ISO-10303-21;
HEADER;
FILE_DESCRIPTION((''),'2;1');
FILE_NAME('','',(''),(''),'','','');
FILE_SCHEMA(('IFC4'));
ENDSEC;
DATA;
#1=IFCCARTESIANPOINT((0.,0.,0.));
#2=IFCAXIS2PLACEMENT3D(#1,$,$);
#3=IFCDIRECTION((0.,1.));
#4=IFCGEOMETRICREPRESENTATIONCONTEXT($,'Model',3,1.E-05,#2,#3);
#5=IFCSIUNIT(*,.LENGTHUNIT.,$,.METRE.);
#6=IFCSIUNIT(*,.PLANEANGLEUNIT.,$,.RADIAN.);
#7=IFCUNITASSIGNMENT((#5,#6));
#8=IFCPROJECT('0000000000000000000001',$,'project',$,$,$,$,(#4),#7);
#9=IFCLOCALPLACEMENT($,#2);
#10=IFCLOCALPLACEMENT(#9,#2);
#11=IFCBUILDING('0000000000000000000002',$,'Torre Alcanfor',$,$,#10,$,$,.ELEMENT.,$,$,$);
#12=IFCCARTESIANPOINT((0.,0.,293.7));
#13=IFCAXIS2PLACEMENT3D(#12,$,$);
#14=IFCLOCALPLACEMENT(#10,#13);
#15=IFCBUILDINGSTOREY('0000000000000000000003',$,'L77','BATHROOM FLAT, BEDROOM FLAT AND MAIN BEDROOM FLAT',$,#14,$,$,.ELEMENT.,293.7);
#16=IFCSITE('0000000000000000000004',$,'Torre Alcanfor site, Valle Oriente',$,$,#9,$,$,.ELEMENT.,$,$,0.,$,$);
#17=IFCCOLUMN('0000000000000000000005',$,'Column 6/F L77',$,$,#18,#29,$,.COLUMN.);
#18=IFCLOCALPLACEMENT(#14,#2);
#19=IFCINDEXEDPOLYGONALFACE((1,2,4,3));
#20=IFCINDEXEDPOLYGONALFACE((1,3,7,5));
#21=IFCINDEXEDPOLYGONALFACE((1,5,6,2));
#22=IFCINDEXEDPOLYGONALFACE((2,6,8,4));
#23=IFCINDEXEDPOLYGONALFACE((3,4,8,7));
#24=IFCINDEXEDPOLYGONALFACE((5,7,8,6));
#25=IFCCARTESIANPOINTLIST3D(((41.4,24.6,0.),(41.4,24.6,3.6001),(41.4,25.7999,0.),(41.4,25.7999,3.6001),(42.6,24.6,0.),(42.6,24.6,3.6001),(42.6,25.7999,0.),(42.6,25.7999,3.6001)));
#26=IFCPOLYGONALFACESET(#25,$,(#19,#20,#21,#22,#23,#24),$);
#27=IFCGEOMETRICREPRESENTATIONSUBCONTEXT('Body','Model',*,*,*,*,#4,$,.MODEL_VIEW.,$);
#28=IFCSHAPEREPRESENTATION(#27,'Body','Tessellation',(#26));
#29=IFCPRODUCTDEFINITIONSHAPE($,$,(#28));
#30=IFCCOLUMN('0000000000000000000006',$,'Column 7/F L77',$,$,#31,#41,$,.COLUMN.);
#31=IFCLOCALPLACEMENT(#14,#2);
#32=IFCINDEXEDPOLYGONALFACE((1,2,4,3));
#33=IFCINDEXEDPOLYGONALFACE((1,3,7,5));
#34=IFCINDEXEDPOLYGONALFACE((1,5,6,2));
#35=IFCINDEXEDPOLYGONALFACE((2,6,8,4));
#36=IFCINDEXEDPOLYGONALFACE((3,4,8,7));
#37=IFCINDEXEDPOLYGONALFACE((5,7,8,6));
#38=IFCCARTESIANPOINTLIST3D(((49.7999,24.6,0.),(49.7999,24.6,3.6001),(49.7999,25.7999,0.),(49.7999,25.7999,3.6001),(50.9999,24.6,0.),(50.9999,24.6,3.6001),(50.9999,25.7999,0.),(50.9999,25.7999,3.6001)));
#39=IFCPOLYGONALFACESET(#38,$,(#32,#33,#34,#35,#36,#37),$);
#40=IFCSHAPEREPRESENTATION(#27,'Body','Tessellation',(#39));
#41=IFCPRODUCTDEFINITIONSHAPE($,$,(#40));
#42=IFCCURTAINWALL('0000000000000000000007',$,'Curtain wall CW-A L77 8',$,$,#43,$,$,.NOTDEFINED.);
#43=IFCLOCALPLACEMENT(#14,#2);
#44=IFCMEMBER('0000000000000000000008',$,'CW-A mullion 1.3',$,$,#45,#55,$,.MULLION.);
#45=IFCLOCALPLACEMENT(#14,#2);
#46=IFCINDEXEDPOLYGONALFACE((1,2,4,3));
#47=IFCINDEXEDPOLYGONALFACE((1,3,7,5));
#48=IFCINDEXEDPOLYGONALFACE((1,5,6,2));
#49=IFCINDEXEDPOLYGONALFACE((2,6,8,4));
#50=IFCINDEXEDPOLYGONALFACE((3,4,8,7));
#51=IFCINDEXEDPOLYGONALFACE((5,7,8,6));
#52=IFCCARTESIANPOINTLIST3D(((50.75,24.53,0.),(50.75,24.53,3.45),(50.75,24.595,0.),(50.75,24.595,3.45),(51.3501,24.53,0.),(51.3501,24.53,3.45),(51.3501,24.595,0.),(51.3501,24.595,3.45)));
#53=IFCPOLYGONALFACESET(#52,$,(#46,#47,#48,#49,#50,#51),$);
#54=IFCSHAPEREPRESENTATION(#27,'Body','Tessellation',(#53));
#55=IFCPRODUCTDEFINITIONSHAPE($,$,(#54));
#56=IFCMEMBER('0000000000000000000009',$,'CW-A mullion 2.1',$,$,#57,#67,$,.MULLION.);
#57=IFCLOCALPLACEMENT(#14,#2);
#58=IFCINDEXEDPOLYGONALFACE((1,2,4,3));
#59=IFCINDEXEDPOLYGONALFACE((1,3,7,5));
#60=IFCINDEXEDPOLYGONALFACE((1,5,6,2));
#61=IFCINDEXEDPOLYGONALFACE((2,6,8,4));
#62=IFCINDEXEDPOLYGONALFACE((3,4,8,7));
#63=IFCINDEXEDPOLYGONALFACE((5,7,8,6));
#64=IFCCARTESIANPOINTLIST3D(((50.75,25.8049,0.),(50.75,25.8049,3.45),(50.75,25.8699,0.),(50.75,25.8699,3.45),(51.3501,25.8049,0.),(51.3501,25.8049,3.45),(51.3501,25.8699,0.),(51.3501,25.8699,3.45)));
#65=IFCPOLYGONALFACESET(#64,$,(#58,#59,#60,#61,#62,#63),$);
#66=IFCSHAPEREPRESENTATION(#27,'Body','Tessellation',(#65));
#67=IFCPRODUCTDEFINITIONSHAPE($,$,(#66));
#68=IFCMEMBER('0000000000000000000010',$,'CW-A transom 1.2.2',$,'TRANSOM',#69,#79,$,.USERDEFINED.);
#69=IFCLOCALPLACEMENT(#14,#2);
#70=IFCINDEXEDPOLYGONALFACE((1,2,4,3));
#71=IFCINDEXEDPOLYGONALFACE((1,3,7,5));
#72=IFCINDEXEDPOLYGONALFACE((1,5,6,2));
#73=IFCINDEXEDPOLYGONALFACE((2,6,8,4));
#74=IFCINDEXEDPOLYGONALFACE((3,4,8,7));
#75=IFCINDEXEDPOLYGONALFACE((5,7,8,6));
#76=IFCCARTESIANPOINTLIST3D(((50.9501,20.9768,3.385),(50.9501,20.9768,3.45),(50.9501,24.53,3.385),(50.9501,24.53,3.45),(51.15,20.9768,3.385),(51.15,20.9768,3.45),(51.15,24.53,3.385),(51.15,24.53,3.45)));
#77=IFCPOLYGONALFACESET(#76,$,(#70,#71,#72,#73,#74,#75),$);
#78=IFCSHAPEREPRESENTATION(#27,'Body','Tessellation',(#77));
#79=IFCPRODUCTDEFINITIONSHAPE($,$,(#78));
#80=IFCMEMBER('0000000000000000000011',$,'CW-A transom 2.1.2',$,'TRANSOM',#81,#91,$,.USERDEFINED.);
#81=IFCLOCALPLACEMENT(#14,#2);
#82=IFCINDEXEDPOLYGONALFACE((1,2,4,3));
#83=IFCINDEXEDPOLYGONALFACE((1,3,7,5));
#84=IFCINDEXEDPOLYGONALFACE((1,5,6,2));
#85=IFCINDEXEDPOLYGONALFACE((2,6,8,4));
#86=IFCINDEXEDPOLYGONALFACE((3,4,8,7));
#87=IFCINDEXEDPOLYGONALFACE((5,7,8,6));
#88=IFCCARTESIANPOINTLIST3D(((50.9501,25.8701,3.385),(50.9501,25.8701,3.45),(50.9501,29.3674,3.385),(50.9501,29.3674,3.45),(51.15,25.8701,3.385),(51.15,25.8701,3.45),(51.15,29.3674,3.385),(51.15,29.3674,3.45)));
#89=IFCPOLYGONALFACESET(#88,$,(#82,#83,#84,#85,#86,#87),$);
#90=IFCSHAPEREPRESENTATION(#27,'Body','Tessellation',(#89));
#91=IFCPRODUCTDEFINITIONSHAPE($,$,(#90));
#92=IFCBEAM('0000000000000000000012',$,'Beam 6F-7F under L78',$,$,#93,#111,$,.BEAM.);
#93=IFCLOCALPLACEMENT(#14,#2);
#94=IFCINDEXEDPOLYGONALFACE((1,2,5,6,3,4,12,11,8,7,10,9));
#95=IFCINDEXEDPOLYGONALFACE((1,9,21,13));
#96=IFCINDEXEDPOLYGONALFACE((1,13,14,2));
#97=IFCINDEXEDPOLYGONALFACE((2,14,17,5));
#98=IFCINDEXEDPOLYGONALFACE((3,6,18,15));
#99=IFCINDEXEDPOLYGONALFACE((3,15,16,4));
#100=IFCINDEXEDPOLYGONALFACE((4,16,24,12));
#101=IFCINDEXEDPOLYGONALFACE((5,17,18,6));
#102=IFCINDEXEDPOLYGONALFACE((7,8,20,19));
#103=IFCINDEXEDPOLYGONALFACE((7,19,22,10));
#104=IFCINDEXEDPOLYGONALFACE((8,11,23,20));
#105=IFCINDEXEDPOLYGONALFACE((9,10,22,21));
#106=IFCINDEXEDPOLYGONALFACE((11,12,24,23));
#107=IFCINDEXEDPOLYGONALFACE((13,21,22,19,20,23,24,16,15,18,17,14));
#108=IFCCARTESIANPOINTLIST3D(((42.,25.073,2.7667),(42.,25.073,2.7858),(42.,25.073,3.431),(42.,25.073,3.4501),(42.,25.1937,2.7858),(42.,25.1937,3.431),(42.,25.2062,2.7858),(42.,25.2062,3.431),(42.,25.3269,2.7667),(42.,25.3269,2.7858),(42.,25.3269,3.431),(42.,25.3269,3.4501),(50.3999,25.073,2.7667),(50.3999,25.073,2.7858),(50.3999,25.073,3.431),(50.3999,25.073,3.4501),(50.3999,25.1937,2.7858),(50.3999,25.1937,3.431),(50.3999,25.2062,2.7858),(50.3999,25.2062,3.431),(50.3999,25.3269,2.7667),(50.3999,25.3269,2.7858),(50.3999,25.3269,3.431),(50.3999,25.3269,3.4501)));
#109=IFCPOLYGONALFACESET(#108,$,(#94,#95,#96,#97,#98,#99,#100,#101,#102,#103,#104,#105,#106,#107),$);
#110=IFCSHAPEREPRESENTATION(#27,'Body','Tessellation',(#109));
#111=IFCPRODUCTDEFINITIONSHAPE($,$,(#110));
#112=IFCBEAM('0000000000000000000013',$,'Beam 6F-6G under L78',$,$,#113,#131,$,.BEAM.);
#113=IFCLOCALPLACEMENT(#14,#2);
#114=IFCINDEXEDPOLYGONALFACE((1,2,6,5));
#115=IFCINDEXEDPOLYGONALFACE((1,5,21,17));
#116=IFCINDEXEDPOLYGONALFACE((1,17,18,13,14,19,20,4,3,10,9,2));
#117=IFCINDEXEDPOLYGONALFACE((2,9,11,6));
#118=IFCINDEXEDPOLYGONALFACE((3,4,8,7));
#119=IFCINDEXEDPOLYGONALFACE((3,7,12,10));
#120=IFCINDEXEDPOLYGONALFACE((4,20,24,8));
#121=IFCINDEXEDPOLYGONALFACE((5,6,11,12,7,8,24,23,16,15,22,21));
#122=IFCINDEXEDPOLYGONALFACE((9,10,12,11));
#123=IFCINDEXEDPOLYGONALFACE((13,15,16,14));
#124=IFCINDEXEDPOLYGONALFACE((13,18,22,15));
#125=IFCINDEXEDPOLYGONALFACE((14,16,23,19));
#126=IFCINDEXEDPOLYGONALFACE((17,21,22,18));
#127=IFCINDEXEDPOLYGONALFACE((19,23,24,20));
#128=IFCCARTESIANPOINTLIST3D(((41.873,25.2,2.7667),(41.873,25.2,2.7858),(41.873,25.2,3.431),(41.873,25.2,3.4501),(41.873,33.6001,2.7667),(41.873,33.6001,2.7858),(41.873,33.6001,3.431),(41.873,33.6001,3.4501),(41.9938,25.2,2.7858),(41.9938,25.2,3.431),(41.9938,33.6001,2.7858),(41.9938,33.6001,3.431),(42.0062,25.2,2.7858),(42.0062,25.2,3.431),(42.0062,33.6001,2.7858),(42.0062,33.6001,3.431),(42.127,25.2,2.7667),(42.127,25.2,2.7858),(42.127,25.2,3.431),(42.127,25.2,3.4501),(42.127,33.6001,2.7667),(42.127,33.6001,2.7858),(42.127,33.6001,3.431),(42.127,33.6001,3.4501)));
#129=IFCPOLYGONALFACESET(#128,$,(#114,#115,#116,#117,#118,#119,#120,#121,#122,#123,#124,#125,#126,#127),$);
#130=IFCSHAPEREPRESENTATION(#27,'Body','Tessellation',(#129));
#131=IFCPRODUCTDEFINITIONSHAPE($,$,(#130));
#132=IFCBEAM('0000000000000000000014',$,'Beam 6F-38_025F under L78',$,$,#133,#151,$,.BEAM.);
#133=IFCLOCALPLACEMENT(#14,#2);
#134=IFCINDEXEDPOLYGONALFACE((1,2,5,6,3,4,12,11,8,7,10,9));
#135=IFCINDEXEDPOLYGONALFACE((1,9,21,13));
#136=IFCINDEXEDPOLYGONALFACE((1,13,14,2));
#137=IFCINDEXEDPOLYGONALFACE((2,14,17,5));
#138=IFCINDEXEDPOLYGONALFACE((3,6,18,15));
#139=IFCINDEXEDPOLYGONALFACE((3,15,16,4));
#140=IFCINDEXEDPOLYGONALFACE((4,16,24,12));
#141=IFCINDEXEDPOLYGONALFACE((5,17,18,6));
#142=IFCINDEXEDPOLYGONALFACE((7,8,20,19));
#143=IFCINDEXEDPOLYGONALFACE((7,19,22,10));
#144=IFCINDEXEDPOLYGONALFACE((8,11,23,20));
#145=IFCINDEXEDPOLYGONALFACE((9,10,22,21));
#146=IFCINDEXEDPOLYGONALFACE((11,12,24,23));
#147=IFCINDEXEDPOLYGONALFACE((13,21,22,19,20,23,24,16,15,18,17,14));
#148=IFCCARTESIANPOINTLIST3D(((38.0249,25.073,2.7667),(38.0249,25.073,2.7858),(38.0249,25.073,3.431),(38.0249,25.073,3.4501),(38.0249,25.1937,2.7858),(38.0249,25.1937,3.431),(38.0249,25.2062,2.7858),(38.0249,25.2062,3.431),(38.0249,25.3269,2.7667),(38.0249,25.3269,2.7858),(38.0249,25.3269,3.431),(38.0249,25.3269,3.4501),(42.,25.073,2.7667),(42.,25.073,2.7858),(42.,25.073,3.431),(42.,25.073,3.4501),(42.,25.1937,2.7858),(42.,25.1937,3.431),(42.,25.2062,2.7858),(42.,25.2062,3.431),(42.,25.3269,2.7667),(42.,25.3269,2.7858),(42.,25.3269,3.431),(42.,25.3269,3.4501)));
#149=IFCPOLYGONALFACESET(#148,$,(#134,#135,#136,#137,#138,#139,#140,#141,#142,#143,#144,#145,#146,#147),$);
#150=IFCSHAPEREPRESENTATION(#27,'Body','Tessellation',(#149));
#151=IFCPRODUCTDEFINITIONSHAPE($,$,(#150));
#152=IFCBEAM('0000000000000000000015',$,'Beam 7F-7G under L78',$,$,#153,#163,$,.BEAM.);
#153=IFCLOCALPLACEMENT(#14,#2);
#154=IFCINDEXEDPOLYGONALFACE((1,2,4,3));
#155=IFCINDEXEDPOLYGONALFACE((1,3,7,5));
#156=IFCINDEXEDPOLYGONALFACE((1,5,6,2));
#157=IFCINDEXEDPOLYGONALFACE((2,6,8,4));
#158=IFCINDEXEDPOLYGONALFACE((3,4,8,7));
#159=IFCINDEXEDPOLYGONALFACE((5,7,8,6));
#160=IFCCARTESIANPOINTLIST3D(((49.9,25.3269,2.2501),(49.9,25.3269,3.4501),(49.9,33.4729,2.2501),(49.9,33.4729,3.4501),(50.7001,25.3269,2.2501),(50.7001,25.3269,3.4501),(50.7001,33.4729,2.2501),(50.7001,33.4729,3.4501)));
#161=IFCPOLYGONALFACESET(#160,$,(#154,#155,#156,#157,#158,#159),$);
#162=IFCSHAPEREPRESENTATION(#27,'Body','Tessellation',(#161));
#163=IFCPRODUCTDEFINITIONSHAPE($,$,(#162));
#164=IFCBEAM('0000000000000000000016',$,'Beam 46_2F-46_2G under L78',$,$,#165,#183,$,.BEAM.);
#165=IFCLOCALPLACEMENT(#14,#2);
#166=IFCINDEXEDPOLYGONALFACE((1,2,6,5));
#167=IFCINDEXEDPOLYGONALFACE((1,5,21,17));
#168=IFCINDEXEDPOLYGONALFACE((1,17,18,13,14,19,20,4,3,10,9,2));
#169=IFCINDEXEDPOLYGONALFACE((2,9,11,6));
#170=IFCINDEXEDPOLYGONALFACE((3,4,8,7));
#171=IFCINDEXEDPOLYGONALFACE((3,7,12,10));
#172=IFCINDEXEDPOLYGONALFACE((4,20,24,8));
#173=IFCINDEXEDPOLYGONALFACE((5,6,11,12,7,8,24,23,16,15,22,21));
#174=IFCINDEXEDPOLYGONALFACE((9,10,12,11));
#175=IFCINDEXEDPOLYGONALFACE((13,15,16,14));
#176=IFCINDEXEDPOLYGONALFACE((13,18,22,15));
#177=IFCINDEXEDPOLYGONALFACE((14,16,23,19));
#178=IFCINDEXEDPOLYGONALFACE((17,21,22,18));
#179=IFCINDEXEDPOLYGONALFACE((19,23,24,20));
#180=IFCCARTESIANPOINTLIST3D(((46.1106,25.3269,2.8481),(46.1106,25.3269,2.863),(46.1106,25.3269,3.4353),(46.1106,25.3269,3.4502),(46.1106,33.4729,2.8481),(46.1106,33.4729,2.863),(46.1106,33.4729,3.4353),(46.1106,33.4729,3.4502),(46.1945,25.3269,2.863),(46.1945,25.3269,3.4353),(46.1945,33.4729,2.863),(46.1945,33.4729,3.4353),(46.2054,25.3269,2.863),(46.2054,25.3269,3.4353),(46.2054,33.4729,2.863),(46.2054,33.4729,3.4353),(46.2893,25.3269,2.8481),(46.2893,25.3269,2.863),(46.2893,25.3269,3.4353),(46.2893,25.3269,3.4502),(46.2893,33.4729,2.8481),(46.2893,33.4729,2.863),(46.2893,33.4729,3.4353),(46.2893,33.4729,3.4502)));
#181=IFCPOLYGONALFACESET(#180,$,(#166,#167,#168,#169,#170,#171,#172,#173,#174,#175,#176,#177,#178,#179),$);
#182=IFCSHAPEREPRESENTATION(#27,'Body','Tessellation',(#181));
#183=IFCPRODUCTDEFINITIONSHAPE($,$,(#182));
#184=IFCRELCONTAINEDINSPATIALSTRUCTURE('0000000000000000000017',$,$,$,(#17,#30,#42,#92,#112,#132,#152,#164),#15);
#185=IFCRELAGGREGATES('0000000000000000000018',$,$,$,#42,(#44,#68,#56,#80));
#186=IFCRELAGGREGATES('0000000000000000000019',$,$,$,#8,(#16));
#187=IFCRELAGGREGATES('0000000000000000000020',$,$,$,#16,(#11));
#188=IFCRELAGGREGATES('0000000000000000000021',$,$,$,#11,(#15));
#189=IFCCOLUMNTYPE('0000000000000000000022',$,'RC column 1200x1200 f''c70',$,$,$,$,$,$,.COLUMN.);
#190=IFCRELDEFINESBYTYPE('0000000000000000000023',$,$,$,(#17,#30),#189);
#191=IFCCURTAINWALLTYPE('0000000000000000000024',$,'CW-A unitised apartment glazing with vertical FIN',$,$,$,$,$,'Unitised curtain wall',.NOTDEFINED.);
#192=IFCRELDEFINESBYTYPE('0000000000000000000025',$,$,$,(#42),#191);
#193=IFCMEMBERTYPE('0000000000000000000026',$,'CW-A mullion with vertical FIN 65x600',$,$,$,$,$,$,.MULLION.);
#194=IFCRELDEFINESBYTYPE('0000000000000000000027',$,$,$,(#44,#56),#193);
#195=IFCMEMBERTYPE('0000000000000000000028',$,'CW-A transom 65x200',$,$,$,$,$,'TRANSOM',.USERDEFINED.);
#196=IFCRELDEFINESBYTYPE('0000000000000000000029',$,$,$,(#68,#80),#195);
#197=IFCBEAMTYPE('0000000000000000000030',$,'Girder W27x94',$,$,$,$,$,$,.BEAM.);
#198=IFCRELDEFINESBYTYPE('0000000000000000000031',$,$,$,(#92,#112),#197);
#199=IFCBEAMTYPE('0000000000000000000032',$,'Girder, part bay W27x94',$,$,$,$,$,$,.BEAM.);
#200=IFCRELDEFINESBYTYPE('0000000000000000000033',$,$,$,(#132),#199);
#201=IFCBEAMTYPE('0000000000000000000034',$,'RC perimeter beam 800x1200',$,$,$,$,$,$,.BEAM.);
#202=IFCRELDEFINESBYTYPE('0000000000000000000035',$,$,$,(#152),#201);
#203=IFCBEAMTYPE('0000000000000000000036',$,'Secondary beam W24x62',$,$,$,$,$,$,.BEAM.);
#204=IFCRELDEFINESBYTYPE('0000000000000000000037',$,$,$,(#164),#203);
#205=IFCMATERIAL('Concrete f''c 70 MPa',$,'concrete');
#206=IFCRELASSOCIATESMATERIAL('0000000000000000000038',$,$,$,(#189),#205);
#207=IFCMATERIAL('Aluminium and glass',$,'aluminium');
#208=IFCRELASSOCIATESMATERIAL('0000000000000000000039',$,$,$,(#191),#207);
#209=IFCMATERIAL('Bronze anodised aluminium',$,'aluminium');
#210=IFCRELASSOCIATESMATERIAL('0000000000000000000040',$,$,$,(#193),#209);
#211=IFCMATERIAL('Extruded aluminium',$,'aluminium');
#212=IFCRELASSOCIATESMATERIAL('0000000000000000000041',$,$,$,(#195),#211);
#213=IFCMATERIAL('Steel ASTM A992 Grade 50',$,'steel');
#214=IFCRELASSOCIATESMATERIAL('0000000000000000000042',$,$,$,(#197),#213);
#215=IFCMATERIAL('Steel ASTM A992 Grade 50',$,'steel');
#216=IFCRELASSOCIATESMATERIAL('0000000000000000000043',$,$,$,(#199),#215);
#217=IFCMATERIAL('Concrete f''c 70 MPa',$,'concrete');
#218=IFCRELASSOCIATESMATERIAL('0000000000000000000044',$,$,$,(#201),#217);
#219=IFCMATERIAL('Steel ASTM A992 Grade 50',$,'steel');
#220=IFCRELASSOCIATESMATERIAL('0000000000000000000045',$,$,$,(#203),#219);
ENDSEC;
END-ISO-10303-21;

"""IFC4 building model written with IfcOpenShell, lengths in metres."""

from ifc_helpers import new_model, si_unit, direction, frame, origin, origin_2d, place, context, subcontext, project, spatial, rectangle, i_section, extrude, material, material_profile, profile_set, type_object, element, aggregate, save


model = new_model("IFC4")

# Units and contexts
model_context = context("Model", 3, precision=1e-05, world=origin(), true_north=direction((0.0, 1.0)))
body_context = subcontext(model_context, "Body", "Model", "MODEL_VIEW")
ifc_project = project(units=[si_unit("LENGTHUNIT", "METRE"), si_unit("PLANEANGLEUNIT", "RADIAN")], contexts=[model_context])

# Site, building, storey
site_placement = place(None, origin())
site = spatial("IfcSite", under=ifc_project, at=site_placement, Name="Torre Alcanfor site, Valle Oriente", CompositionType="ELEMENT", RefElevation=0.0)
building_placement = place(site_placement, origin())
building = spatial("IfcBuilding", under=site, at=building_placement, Name="Torre Alcanfor", CompositionType="ELEMENT")
storey_placement = place(building_placement, frame((0.0, 0.0, 293.7)))
storey = spatial("IfcBuildingStorey", under=building, at=storey_placement, Name="L77", Description="BATHROOM FLAT, BEDROOM FLAT AND MAIN BEDROOM FLAT", CompositionType="ELEMENT", Elevation=293.7)

# Columns
ifc_material_1 = material(Name="Concrete f'c 70 MPa", Category="concrete")
ifc_material_profile_1 = material_profile(ifc_material_1, rectangle(XDim=1.2, YDim=1.2, at=origin_2d()), Name="1200x1200")
ifc_profile_set_1 = profile_set([ifc_material_profile_1], Name="Concrete f'c 70 MPa")
column_type = type_object("IfcColumnType", Name="RC column 1200x1200 f'c70", PredefinedType="COLUMN", material=ifc_profile_set_1)
for number, where, z_axis, x_axis, name in (
    (1, (42.0, 25.2, 0.0), (0.0, 0.0, 1.0), (1.0, 0.0, 0.0), "Column 6/F L77"),
    (2, (50.3999, 25.2, 0.0), (0.0, 0.0, 1.0), (1.0, 0.0, 0.0), "Column 7/F L77"),
):
    element("IfcColumn", number, at=place(storey_placement, frame(where, z_axis=z_axis, x_axis=x_axis)), inside=storey, type_object=column_type, Name=name, PredefinedType="COLUMN", context=body_context, shape_type="SweptSolid", body=[
        extrude(rectangle(XDim=1.2, YDim=1.2, at=origin_2d()), origin(), (0.0, 0.0, 1.0), 3.6001),
    ])

# Curtain wall, members
ifc_material_2 = material(Name="Aluminium and glass", Category="aluminium")
curtain_wall_type = type_object("IfcCurtainWallType", Name="CW-A unitised apartment glazing with vertical FIN", ElementType="Unitised curtain wall", PredefinedType="NOTDEFINED", material=ifc_material_2)
curtain_wall_placement = place(storey_placement, origin())
curtain_wall = element("IfcCurtainWall", 3, at=curtain_wall_placement, inside=storey, type_object=curtain_wall_type, Name="Curtain wall CW-A L77 8", PredefinedType="NOTDEFINED")
ifc_material_3 = material(Name="Bronze anodised aluminium", Category="aluminium")
ifc_material_profile_2 = material_profile(ifc_material_3, rectangle(XDim=0.6001, YDim=0.0649, at=origin_2d()), Name="CW-A mullion 65x600")
ifc_profile_set_2 = profile_set([ifc_material_profile_2], Name="Bronze anodised aluminium")
member_type_1 = type_object("IfcMemberType", Name="CW-A mullion with vertical FIN 65x600", PredefinedType="MULLION", material=ifc_profile_set_2)
member_1_placement = place(storey_placement, frame((51.05, 24.5625, 0.0), z_axis=(0.0, 0.0, 1.0), x_axis=(-1.0, 0.0, 0.0)))
member_1 = element("IfcMember", 4, at=member_1_placement, type_object=member_type_1, Name="CW-A mullion 1.3", PredefinedType="MULLION", context=body_context, shape_type="SweptSolid", body=[
    extrude(rectangle(XDim=0.6001, YDim=0.0649, at=origin_2d()), origin(), (0.0, 0.0, 1.0), 3.45),
])
member_2_placement = place(storey_placement, frame((51.05, 25.8374, 0.0), z_axis=(0.0, 0.0, 1.0), x_axis=(-1.0, 0.0, 0.0)))
member_2 = element("IfcMember", 5, at=member_2_placement, type_object=member_type_1, Name="CW-A mullion 2.1", PredefinedType="MULLION", context=body_context, shape_type="SweptSolid", body=[
    extrude(rectangle(XDim=0.6001, YDim=0.0649, at=origin_2d()), origin(), (0.0, 0.0, 1.0), 3.45),
])
ifc_material_4 = material(Name="Extruded aluminium", Category="aluminium")
ifc_material_profile_3 = material_profile(ifc_material_4, rectangle(XDim=0.2, YDim=0.0649, at=origin_2d()), Name="CW-A transom 200x65")
ifc_profile_set_3 = profile_set([ifc_material_profile_3], Name="Extruded aluminium")
member_type_2 = type_object("IfcMemberType", Name="CW-A transom 65x200", ElementType="TRANSOM", PredefinedType="USERDEFINED", material=ifc_profile_set_3)
member_3_placement = place(storey_placement, frame((51.05, 20.9768, 3.4175), z_axis=(0.0, 1.0, 0.0), x_axis=(-1.0, 0.0, 0.0)))
member_3 = element("IfcMember", 6, at=member_3_placement, type_object=member_type_2, Name="CW-A transom 1.2.2", ObjectType="TRANSOM", PredefinedType="USERDEFINED", context=body_context, shape_type="SweptSolid", body=[
    extrude(rectangle(XDim=0.2, YDim=0.0649, at=origin_2d()), origin(), (0.0, 0.0, 1.0), 3.5532),
])
member_4_placement = place(storey_placement, frame((51.05, 25.8701, 3.4175), z_axis=(0.0, 1.0, 0.0), x_axis=(-1.0, 0.0, 0.0)))
member_4 = element("IfcMember", 7, at=member_4_placement, type_object=member_type_2, Name="CW-A transom 2.1.2", ObjectType="TRANSOM", PredefinedType="USERDEFINED", context=body_context, shape_type="SweptSolid", body=[
    extrude(rectangle(XDim=0.2, YDim=0.0649, at=origin_2d()), origin(), (0.0, 0.0, 1.0), 3.4973),
])

# Beams
ifc_material_5 = material(Name="Steel ASTM A992 Grade 50", Category="steel")
ifc_material_profile_4 = material_profile(ifc_material_5, i_section(OverallWidth=0.2539, OverallDepth=0.6833, WebThickness=0.0125, FlangeThickness=0.019, at=origin_2d()), Name="W27x94")
ifc_profile_set_4 = profile_set([ifc_material_profile_4], Name="Steel ASTM A992 Grade 50")
beam_type_1 = type_object("IfcBeamType", Name="Girder W27x94", PredefinedType="BEAM", material=ifc_profile_set_4)
beam_1_placement = place(storey_placement, frame((42.0, 25.2, 3.1084), z_axis=(1.0, 0.0, 0.0), x_axis=(0.0, 1.0, 0.0)))
element("IfcBeam", 8, at=beam_1_placement, inside=storey, type_object=beam_type_1, Name="Beam 6F-7F under L78", PredefinedType="BEAM", context=body_context, shape_type="SweptSolid", body=[
    extrude(i_section(OverallWidth=0.2539, OverallDepth=0.6833, WebThickness=0.0125, FlangeThickness=0.019, at=origin_2d()), origin(), (0.0, 0.0, 1.0), 8.3999),
])
beam_2_placement = place(storey_placement, frame((42.0, 25.2, 3.1084), z_axis=(0.0, 1.0, 0.0), x_axis=(-1.0, 0.0, 0.0)))
element("IfcBeam", 9, at=beam_2_placement, inside=storey, type_object=beam_type_1, Name="Beam 6F-6G under L78", PredefinedType="BEAM", context=body_context, shape_type="SweptSolid", body=[
    extrude(i_section(OverallWidth=0.2539, OverallDepth=0.6833, WebThickness=0.0125, FlangeThickness=0.019, at=origin_2d()), origin(), (0.0, 0.0, 1.0), 8.4001),
])
ifc_material_6 = material(Name="Steel ASTM A992 Grade 50", Category="steel")
ifc_material_profile_5 = material_profile(ifc_material_6, i_section(OverallWidth=0.2539, OverallDepth=0.6833, WebThickness=0.0125, FlangeThickness=0.019, at=origin_2d()), Name="W27x94")
ifc_profile_set_5 = profile_set([ifc_material_profile_5], Name="Steel ASTM A992 Grade 50")
beam_type_2 = type_object("IfcBeamType", Name="Girder, part bay W27x94", PredefinedType="BEAM", material=ifc_profile_set_5)
beam_3_placement = place(storey_placement, frame((42.0, 25.2, 3.1084), z_axis=(-1.0, 0.0, 0.0), x_axis=(0.0, -1.0, 0.0)))
element("IfcBeam", 10, at=beam_3_placement, inside=storey, type_object=beam_type_2, Name="Beam 6F-38_025F under L78", PredefinedType="BEAM", context=body_context, shape_type="SweptSolid", body=[
    extrude(i_section(OverallWidth=0.2539, OverallDepth=0.6833, WebThickness=0.0125, FlangeThickness=0.019, at=origin_2d()), origin(), (0.0, 0.0, 1.0), 3.9751),
])
ifc_material_7 = material(Name="Concrete f'c 70 MPa", Category="concrete")
ifc_material_profile_6 = material_profile(ifc_material_7, rectangle(XDim=0.8, YDim=1.2, at=origin_2d()), Name="800x1200")
ifc_profile_set_6 = profile_set([ifc_material_profile_6], Name="Concrete f'c 70 MPa")
beam_type_3 = type_object("IfcBeamType", Name="RC perimeter beam 800x1200", PredefinedType="BEAM", material=ifc_profile_set_6)
beam_4_placement = place(storey_placement, frame((50.3, 25.3269, 2.8501), z_axis=(0.0, 1.0, 0.0), x_axis=(-1.0, 0.0, 0.0)))
element("IfcBeam", 11, at=beam_4_placement, inside=storey, type_object=beam_type_3, Name="Beam 7F-7G under L78", PredefinedType="BEAM", context=body_context, shape_type="SweptSolid", body=[
    extrude(rectangle(XDim=0.8, YDim=1.2, at=origin_2d()), origin(), (0.0, 0.0, 1.0), 8.146),
])
ifc_material_8 = material(Name="Steel ASTM A992 Grade 50", Category="steel")
ifc_material_profile_7 = material_profile(ifc_material_8, i_section(OverallWidth=0.1787, OverallDepth=0.6021, WebThickness=0.011, FlangeThickness=0.0149, at=origin_2d()), Name="W24x62")
ifc_profile_set_7 = profile_set([ifc_material_profile_7], Name="Steel ASTM A992 Grade 50")
beam_type_4 = type_object("IfcBeamType", Name="Secondary beam W24x62", PredefinedType="BEAM", material=ifc_profile_set_7)
beam_5_placement = place(storey_placement, frame((46.2, 25.3269, 3.1492), z_axis=(0.0, 1.0, 0.0), x_axis=(-1.0, 0.0, 0.0)))
element("IfcBeam", 12, at=beam_5_placement, inside=storey, type_object=beam_type_4, Name="Beam 46_2F-46_2G under L78", PredefinedType="BEAM", context=body_context, shape_type="SweptSolid", body=[
    extrude(i_section(OverallWidth=0.1787, OverallDepth=0.6021, WebThickness=0.011, FlangeThickness=0.0149, at=origin_2d()), origin(), (0.0, 0.0, 1.0), 8.146),
])

aggregate(curtain_wall, [member_1, member_3, member_2, member_4])

save(model, "model.ifc")
